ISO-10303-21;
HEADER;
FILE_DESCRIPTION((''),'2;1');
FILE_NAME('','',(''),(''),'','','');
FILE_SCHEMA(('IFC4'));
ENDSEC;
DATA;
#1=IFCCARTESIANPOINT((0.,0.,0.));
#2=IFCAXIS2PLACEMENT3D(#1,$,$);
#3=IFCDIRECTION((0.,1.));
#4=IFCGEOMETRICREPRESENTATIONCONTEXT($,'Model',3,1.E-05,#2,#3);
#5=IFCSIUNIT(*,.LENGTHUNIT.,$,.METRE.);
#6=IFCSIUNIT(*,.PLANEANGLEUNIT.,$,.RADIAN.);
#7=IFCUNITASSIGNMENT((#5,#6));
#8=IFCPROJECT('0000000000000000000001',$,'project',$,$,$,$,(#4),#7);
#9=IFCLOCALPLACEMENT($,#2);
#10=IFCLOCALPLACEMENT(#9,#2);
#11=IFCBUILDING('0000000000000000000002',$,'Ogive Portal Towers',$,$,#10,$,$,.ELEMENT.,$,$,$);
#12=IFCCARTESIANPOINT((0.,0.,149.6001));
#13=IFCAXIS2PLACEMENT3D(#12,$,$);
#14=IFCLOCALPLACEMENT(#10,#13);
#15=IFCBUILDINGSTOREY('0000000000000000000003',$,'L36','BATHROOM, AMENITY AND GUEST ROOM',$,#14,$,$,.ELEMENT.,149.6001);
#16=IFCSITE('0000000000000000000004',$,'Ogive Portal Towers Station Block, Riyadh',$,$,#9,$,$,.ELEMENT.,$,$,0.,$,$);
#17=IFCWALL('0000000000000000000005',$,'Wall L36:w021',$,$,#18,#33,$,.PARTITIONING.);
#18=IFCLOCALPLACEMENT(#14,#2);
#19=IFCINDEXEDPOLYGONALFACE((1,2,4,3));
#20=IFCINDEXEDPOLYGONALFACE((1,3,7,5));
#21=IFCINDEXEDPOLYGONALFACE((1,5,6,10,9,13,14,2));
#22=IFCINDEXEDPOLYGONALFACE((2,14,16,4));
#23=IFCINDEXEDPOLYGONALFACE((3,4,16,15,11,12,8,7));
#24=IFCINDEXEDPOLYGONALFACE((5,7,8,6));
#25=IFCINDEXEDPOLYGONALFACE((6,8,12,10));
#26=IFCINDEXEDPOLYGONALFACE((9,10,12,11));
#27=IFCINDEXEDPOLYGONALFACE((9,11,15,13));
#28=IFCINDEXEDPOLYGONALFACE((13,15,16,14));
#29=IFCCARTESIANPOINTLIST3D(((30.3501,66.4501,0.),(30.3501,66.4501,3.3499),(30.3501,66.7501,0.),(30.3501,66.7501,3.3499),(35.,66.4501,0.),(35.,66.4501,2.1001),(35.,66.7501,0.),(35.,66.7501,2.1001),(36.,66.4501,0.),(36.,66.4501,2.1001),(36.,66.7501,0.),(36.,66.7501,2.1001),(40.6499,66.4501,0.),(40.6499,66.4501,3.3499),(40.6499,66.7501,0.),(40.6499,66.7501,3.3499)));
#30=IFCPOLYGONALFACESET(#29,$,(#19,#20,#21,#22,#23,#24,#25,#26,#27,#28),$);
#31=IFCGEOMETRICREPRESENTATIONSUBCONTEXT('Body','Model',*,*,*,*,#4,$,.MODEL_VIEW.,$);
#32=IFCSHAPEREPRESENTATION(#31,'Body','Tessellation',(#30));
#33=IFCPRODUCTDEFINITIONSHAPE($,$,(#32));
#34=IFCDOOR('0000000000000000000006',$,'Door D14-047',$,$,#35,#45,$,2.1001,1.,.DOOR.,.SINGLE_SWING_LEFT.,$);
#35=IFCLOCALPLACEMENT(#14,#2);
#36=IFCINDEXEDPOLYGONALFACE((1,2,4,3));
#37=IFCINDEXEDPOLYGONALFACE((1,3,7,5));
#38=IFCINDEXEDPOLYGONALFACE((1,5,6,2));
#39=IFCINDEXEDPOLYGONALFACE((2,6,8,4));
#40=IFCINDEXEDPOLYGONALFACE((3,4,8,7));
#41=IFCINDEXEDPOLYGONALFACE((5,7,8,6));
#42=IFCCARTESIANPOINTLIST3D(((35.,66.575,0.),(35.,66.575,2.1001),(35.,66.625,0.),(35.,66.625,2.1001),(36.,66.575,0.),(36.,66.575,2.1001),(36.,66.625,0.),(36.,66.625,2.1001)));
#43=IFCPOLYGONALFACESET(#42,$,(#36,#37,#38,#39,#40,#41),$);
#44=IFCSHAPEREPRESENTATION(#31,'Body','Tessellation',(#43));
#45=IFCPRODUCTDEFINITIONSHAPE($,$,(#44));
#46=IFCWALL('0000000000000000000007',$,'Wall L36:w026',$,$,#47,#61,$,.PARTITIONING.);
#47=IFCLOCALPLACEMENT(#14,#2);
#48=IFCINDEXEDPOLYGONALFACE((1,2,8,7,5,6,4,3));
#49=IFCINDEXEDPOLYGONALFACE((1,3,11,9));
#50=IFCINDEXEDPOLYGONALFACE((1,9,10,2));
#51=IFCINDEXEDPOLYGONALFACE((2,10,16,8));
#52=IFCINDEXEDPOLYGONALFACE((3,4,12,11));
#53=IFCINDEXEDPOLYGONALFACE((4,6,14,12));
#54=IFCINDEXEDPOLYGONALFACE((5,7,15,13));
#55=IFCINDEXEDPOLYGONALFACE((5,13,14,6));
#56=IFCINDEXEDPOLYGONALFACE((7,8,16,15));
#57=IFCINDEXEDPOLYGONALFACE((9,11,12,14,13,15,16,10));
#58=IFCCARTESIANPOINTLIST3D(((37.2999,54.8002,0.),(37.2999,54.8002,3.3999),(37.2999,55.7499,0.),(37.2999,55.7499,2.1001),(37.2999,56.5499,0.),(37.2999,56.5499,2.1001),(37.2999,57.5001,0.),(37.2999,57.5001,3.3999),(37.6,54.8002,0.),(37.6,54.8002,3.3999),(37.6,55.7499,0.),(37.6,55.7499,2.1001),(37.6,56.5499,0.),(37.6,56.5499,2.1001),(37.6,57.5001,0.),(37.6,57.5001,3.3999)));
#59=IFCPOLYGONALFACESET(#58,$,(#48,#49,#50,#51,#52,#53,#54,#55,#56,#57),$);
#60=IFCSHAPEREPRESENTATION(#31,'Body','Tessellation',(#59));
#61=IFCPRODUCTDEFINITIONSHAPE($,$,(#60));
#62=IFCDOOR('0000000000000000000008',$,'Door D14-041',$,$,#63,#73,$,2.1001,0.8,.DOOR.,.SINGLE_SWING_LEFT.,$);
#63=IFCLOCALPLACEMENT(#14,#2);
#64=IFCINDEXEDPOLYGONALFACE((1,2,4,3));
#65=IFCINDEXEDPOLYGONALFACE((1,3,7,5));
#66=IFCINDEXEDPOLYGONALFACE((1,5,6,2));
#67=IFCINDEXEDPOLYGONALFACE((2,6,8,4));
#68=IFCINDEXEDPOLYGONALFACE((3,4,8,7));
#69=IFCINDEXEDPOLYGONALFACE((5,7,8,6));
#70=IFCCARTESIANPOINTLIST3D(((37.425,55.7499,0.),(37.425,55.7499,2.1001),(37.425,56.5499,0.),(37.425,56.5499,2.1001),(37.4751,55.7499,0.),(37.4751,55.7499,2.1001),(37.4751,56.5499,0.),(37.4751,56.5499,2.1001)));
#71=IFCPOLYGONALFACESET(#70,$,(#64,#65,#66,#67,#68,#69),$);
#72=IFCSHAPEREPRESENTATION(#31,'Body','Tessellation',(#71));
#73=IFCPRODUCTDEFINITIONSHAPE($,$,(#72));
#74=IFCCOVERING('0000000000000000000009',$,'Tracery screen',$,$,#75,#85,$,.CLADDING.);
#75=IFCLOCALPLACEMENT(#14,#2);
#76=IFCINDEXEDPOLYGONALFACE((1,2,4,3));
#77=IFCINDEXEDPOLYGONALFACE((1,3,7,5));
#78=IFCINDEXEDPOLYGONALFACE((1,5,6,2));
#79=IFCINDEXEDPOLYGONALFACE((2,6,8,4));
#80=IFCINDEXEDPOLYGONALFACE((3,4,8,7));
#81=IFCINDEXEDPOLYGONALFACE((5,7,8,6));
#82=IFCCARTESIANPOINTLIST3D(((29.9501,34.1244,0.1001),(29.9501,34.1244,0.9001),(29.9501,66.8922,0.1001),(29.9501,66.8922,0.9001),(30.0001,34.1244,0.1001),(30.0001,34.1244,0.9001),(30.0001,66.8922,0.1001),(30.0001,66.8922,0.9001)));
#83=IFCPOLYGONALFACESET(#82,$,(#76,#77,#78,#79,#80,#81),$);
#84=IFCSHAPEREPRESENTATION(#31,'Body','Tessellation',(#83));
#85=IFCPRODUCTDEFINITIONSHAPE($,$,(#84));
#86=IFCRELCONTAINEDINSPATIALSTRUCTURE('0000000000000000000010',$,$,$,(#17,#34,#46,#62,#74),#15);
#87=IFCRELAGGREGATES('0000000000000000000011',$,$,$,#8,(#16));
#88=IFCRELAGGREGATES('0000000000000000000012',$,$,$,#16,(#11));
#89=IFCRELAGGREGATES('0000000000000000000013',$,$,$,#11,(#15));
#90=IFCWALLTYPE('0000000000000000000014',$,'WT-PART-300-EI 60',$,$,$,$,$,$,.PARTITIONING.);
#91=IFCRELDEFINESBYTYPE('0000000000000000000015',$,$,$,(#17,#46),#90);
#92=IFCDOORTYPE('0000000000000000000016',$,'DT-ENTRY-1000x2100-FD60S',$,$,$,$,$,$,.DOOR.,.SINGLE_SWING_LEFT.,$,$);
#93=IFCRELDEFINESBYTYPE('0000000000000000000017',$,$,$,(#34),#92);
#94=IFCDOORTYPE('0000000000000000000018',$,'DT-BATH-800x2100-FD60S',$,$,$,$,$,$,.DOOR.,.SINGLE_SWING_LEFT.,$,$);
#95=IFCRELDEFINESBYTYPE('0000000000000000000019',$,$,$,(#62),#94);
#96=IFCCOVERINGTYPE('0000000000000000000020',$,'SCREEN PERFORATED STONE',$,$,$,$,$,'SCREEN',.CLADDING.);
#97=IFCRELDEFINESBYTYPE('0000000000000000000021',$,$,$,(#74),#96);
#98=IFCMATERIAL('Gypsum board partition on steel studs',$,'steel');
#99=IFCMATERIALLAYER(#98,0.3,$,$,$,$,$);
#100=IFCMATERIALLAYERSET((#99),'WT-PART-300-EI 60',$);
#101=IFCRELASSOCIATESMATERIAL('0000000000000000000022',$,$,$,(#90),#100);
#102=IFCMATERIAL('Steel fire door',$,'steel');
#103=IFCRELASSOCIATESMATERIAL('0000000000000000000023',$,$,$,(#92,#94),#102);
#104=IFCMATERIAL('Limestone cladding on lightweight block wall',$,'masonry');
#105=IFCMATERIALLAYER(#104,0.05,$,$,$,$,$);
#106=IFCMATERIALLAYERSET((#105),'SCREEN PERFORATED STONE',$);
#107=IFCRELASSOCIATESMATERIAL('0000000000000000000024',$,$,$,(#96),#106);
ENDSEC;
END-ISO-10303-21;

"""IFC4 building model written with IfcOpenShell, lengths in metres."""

from ifc_helpers import new_model, si_unit, direction, frame, frame_2d, origin, origin_2d, place, context, subcontext, project, spatial, rectangle, extrude, material, layer, layer_set, type_object, element, fill, save


model = new_model("IFC4")

# Units and contexts
model_context = context("Model", 3, precision=1e-05, world=origin(), true_north=direction((0.0, 1.0)))
body_context = subcontext(model_context, "Body", "Model", "MODEL_VIEW")
ifc_project = project(units=[si_unit("LENGTHUNIT", "METRE"), si_unit("PLANEANGLEUNIT", "RADIAN")], contexts=[model_context])

# Site, building, storey
site_placement = place(None, origin())
site = spatial("IfcSite", under=ifc_project, at=site_placement, Name="Ogive Portal Towers Station Block, Riyadh", CompositionType="ELEMENT", RefElevation=0.0)
building_placement = place(site_placement, origin())
building = spatial("IfcBuilding", under=site, at=building_placement, Name="Ogive Portal Towers", CompositionType="ELEMENT")
storey_placement = place(building_placement, frame((0.0, 0.0, 149.6001)))
storey = spatial("IfcBuildingStorey", under=building, at=storey_placement, Name="L36", Description="BATHROOM, AMENITY AND GUEST ROOM", CompositionType="ELEMENT", Elevation=149.6001)

# Shared definitions
ifc_material_1 = material(Name="Steel fire door", Category="steel")

# Shared definitions
ifc_material_2 = material(Name="Gypsum board partition on steel studs", Category="steel")
ifc_layer_1 = layer(ifc_material_2, 0.3)
ifc_layer_set_1 = layer_set([ifc_layer_1], Name="WT-PART-300-EI 60")
wall_type_1 = type_object("IfcWallType", Name="WT-PART-300-EI 60", PredefinedType="PARTITIONING", material=ifc_layer_set_1)

# Walls, openings, doors
wall_1_placement = place(storey_placement, frame((30.3501, 66.6001, 0.0), z_axis=(0.0, 0.0, 1.0), x_axis=(1.0, 0.0, 0.0)))
wall_1 = element("IfcWall", 1, at=wall_1_placement, inside=storey, type_object=wall_type_1, Name="Wall L36:w021", PredefinedType="PARTITIONING", context=body_context, shape_type="SweptSolid", body=[
    extrude(rectangle(XDim=10.2998, YDim=0.3, at=frame_2d((5.1499, 0.0))), origin(), (0.0, 0.0, 1.0), 3.3499),
])
opening_1_placement = place(wall_1_placement, frame((4.6499, 0.0, 0.0)))
opening_1 = element("IfcOpeningElement", 2, at=opening_1_placement, cuts=wall_1, PredefinedType="OPENING", context=body_context, shape_type="SweptSolid", body=[
    extrude(rectangle(XDim=1.0, YDim=2.1001, at=frame_2d((0.5, 1.05))), frame((0.0, 0.1602, 0.0), z_axis=(0.0, -1.0, 0.0), x_axis=(1.0, 0.0, 0.0)), (0.0, 0.0, 1.0), 0.3201),
])
door_type_1 = type_object("IfcDoorType", Name="DT-ENTRY-1000x2100-FD60S", OperationType="SINGLE_SWING_LEFT", PredefinedType="DOOR", material=ifc_material_1)
door_1_placement = place(opening_1_placement, origin())
door_1 = element("IfcDoor", 3, at=door_1_placement, inside=storey, type_object=door_type_1, Name="Door D14-047", OperationType="SINGLE_SWING_LEFT", OverallHeight=2.1001, OverallWidth=1.0, PredefinedType="DOOR", context=body_context, shape_type="SweptSolid", body=[
    extrude(rectangle(XDim=1.0, YDim=2.1001, at=frame_2d((0.5, 1.05))), frame((0.0, 0.0249, 0.0), z_axis=(0.0, -1.0, 0.0), x_axis=(1.0, 0.0, 0.0)), (0.0, 0.0, 1.0), 0.05),
])
fill(opening_1, door_1)
wall_2_placement = place(storey_placement, frame((37.45, 54.8, 0.0), z_axis=(0.0, 0.0, 1.0), x_axis=(0.0, 1.0, 0.0)))
wall_2 = element("IfcWall", 4, at=wall_2_placement, inside=storey, type_object=wall_type_1, Name="Wall L36:w026", PredefinedType="PARTITIONING", context=body_context, shape_type="SweptSolid", body=[
    extrude(rectangle(XDim=2.7, YDim=0.3, at=frame_2d((1.3501, 0.0))), origin(), (0.0, 0.0, 1.0), 3.3999),
])
opening_2_placement = place(wall_2_placement, frame((0.95, 0.0, 0.0)))
opening_2 = element("IfcOpeningElement", 5, at=opening_2_placement, cuts=wall_2, PredefinedType="OPENING", context=body_context, shape_type="SweptSolid", body=[
    extrude(rectangle(XDim=0.8, YDim=2.1001, at=frame_2d((0.3999, 1.05))), frame((0.0, 0.1602, 0.0), z_axis=(0.0, -1.0, 0.0), x_axis=(1.0, 0.0, 0.0)), (0.0, 0.0, 1.0), 0.3201),
])
door_type_2 = type_object("IfcDoorType", Name="DT-BATH-800x2100-FD60S", OperationType="SINGLE_SWING_LEFT", PredefinedType="DOOR", material=ifc_material_1)
door_2_placement = place(opening_2_placement, origin())
door_2 = element("IfcDoor", 6, at=door_2_placement, inside=storey, type_object=door_type_2, Name="Door D14-041", OperationType="SINGLE_SWING_LEFT", OverallHeight=2.1001, OverallWidth=0.8, PredefinedType="DOOR", context=body_context, shape_type="SweptSolid", body=[
    extrude(rectangle(XDim=0.8, YDim=2.1001, at=frame_2d((0.3999, 1.05))), frame((0.0, 0.0249, 0.0), z_axis=(0.0, -1.0, 0.0), x_axis=(1.0, 0.0, 0.0)), (0.0, 0.0, 1.0), 0.05),
])
fill(opening_2, door_2)

# Covering
ifc_material_3 = material(Name="Limestone cladding on lightweight block wall", Category="masonry")
ifc_layer_2 = layer(ifc_material_3, 0.05)
ifc_layer_set_2 = layer_set([ifc_layer_2], Name="SCREEN PERFORATED STONE")
covering_type = type_object("IfcCoveringType", Name="SCREEN PERFORATED STONE", ElementType="SCREEN", PredefinedType="CLADDING", material=ifc_layer_set_2)
covering_placement = place(storey_placement, frame((29.9751, 50.5083, 0.1001), z_axis=(0.0, 0.0, 1.0), x_axis=(0.0, -1.0, 0.0)))
element("IfcCovering", 7, at=covering_placement, inside=storey, type_object=covering_type, Name="Tracery screen", PredefinedType="CLADDING", context=body_context, shape_type="SweptSolid", body=[
    extrude(rectangle(XDim=32.7678, YDim=0.05, at=origin_2d()), origin(), (0.0, 0.0, 1.0), 0.8),
])

save(model, "model.ifc")
